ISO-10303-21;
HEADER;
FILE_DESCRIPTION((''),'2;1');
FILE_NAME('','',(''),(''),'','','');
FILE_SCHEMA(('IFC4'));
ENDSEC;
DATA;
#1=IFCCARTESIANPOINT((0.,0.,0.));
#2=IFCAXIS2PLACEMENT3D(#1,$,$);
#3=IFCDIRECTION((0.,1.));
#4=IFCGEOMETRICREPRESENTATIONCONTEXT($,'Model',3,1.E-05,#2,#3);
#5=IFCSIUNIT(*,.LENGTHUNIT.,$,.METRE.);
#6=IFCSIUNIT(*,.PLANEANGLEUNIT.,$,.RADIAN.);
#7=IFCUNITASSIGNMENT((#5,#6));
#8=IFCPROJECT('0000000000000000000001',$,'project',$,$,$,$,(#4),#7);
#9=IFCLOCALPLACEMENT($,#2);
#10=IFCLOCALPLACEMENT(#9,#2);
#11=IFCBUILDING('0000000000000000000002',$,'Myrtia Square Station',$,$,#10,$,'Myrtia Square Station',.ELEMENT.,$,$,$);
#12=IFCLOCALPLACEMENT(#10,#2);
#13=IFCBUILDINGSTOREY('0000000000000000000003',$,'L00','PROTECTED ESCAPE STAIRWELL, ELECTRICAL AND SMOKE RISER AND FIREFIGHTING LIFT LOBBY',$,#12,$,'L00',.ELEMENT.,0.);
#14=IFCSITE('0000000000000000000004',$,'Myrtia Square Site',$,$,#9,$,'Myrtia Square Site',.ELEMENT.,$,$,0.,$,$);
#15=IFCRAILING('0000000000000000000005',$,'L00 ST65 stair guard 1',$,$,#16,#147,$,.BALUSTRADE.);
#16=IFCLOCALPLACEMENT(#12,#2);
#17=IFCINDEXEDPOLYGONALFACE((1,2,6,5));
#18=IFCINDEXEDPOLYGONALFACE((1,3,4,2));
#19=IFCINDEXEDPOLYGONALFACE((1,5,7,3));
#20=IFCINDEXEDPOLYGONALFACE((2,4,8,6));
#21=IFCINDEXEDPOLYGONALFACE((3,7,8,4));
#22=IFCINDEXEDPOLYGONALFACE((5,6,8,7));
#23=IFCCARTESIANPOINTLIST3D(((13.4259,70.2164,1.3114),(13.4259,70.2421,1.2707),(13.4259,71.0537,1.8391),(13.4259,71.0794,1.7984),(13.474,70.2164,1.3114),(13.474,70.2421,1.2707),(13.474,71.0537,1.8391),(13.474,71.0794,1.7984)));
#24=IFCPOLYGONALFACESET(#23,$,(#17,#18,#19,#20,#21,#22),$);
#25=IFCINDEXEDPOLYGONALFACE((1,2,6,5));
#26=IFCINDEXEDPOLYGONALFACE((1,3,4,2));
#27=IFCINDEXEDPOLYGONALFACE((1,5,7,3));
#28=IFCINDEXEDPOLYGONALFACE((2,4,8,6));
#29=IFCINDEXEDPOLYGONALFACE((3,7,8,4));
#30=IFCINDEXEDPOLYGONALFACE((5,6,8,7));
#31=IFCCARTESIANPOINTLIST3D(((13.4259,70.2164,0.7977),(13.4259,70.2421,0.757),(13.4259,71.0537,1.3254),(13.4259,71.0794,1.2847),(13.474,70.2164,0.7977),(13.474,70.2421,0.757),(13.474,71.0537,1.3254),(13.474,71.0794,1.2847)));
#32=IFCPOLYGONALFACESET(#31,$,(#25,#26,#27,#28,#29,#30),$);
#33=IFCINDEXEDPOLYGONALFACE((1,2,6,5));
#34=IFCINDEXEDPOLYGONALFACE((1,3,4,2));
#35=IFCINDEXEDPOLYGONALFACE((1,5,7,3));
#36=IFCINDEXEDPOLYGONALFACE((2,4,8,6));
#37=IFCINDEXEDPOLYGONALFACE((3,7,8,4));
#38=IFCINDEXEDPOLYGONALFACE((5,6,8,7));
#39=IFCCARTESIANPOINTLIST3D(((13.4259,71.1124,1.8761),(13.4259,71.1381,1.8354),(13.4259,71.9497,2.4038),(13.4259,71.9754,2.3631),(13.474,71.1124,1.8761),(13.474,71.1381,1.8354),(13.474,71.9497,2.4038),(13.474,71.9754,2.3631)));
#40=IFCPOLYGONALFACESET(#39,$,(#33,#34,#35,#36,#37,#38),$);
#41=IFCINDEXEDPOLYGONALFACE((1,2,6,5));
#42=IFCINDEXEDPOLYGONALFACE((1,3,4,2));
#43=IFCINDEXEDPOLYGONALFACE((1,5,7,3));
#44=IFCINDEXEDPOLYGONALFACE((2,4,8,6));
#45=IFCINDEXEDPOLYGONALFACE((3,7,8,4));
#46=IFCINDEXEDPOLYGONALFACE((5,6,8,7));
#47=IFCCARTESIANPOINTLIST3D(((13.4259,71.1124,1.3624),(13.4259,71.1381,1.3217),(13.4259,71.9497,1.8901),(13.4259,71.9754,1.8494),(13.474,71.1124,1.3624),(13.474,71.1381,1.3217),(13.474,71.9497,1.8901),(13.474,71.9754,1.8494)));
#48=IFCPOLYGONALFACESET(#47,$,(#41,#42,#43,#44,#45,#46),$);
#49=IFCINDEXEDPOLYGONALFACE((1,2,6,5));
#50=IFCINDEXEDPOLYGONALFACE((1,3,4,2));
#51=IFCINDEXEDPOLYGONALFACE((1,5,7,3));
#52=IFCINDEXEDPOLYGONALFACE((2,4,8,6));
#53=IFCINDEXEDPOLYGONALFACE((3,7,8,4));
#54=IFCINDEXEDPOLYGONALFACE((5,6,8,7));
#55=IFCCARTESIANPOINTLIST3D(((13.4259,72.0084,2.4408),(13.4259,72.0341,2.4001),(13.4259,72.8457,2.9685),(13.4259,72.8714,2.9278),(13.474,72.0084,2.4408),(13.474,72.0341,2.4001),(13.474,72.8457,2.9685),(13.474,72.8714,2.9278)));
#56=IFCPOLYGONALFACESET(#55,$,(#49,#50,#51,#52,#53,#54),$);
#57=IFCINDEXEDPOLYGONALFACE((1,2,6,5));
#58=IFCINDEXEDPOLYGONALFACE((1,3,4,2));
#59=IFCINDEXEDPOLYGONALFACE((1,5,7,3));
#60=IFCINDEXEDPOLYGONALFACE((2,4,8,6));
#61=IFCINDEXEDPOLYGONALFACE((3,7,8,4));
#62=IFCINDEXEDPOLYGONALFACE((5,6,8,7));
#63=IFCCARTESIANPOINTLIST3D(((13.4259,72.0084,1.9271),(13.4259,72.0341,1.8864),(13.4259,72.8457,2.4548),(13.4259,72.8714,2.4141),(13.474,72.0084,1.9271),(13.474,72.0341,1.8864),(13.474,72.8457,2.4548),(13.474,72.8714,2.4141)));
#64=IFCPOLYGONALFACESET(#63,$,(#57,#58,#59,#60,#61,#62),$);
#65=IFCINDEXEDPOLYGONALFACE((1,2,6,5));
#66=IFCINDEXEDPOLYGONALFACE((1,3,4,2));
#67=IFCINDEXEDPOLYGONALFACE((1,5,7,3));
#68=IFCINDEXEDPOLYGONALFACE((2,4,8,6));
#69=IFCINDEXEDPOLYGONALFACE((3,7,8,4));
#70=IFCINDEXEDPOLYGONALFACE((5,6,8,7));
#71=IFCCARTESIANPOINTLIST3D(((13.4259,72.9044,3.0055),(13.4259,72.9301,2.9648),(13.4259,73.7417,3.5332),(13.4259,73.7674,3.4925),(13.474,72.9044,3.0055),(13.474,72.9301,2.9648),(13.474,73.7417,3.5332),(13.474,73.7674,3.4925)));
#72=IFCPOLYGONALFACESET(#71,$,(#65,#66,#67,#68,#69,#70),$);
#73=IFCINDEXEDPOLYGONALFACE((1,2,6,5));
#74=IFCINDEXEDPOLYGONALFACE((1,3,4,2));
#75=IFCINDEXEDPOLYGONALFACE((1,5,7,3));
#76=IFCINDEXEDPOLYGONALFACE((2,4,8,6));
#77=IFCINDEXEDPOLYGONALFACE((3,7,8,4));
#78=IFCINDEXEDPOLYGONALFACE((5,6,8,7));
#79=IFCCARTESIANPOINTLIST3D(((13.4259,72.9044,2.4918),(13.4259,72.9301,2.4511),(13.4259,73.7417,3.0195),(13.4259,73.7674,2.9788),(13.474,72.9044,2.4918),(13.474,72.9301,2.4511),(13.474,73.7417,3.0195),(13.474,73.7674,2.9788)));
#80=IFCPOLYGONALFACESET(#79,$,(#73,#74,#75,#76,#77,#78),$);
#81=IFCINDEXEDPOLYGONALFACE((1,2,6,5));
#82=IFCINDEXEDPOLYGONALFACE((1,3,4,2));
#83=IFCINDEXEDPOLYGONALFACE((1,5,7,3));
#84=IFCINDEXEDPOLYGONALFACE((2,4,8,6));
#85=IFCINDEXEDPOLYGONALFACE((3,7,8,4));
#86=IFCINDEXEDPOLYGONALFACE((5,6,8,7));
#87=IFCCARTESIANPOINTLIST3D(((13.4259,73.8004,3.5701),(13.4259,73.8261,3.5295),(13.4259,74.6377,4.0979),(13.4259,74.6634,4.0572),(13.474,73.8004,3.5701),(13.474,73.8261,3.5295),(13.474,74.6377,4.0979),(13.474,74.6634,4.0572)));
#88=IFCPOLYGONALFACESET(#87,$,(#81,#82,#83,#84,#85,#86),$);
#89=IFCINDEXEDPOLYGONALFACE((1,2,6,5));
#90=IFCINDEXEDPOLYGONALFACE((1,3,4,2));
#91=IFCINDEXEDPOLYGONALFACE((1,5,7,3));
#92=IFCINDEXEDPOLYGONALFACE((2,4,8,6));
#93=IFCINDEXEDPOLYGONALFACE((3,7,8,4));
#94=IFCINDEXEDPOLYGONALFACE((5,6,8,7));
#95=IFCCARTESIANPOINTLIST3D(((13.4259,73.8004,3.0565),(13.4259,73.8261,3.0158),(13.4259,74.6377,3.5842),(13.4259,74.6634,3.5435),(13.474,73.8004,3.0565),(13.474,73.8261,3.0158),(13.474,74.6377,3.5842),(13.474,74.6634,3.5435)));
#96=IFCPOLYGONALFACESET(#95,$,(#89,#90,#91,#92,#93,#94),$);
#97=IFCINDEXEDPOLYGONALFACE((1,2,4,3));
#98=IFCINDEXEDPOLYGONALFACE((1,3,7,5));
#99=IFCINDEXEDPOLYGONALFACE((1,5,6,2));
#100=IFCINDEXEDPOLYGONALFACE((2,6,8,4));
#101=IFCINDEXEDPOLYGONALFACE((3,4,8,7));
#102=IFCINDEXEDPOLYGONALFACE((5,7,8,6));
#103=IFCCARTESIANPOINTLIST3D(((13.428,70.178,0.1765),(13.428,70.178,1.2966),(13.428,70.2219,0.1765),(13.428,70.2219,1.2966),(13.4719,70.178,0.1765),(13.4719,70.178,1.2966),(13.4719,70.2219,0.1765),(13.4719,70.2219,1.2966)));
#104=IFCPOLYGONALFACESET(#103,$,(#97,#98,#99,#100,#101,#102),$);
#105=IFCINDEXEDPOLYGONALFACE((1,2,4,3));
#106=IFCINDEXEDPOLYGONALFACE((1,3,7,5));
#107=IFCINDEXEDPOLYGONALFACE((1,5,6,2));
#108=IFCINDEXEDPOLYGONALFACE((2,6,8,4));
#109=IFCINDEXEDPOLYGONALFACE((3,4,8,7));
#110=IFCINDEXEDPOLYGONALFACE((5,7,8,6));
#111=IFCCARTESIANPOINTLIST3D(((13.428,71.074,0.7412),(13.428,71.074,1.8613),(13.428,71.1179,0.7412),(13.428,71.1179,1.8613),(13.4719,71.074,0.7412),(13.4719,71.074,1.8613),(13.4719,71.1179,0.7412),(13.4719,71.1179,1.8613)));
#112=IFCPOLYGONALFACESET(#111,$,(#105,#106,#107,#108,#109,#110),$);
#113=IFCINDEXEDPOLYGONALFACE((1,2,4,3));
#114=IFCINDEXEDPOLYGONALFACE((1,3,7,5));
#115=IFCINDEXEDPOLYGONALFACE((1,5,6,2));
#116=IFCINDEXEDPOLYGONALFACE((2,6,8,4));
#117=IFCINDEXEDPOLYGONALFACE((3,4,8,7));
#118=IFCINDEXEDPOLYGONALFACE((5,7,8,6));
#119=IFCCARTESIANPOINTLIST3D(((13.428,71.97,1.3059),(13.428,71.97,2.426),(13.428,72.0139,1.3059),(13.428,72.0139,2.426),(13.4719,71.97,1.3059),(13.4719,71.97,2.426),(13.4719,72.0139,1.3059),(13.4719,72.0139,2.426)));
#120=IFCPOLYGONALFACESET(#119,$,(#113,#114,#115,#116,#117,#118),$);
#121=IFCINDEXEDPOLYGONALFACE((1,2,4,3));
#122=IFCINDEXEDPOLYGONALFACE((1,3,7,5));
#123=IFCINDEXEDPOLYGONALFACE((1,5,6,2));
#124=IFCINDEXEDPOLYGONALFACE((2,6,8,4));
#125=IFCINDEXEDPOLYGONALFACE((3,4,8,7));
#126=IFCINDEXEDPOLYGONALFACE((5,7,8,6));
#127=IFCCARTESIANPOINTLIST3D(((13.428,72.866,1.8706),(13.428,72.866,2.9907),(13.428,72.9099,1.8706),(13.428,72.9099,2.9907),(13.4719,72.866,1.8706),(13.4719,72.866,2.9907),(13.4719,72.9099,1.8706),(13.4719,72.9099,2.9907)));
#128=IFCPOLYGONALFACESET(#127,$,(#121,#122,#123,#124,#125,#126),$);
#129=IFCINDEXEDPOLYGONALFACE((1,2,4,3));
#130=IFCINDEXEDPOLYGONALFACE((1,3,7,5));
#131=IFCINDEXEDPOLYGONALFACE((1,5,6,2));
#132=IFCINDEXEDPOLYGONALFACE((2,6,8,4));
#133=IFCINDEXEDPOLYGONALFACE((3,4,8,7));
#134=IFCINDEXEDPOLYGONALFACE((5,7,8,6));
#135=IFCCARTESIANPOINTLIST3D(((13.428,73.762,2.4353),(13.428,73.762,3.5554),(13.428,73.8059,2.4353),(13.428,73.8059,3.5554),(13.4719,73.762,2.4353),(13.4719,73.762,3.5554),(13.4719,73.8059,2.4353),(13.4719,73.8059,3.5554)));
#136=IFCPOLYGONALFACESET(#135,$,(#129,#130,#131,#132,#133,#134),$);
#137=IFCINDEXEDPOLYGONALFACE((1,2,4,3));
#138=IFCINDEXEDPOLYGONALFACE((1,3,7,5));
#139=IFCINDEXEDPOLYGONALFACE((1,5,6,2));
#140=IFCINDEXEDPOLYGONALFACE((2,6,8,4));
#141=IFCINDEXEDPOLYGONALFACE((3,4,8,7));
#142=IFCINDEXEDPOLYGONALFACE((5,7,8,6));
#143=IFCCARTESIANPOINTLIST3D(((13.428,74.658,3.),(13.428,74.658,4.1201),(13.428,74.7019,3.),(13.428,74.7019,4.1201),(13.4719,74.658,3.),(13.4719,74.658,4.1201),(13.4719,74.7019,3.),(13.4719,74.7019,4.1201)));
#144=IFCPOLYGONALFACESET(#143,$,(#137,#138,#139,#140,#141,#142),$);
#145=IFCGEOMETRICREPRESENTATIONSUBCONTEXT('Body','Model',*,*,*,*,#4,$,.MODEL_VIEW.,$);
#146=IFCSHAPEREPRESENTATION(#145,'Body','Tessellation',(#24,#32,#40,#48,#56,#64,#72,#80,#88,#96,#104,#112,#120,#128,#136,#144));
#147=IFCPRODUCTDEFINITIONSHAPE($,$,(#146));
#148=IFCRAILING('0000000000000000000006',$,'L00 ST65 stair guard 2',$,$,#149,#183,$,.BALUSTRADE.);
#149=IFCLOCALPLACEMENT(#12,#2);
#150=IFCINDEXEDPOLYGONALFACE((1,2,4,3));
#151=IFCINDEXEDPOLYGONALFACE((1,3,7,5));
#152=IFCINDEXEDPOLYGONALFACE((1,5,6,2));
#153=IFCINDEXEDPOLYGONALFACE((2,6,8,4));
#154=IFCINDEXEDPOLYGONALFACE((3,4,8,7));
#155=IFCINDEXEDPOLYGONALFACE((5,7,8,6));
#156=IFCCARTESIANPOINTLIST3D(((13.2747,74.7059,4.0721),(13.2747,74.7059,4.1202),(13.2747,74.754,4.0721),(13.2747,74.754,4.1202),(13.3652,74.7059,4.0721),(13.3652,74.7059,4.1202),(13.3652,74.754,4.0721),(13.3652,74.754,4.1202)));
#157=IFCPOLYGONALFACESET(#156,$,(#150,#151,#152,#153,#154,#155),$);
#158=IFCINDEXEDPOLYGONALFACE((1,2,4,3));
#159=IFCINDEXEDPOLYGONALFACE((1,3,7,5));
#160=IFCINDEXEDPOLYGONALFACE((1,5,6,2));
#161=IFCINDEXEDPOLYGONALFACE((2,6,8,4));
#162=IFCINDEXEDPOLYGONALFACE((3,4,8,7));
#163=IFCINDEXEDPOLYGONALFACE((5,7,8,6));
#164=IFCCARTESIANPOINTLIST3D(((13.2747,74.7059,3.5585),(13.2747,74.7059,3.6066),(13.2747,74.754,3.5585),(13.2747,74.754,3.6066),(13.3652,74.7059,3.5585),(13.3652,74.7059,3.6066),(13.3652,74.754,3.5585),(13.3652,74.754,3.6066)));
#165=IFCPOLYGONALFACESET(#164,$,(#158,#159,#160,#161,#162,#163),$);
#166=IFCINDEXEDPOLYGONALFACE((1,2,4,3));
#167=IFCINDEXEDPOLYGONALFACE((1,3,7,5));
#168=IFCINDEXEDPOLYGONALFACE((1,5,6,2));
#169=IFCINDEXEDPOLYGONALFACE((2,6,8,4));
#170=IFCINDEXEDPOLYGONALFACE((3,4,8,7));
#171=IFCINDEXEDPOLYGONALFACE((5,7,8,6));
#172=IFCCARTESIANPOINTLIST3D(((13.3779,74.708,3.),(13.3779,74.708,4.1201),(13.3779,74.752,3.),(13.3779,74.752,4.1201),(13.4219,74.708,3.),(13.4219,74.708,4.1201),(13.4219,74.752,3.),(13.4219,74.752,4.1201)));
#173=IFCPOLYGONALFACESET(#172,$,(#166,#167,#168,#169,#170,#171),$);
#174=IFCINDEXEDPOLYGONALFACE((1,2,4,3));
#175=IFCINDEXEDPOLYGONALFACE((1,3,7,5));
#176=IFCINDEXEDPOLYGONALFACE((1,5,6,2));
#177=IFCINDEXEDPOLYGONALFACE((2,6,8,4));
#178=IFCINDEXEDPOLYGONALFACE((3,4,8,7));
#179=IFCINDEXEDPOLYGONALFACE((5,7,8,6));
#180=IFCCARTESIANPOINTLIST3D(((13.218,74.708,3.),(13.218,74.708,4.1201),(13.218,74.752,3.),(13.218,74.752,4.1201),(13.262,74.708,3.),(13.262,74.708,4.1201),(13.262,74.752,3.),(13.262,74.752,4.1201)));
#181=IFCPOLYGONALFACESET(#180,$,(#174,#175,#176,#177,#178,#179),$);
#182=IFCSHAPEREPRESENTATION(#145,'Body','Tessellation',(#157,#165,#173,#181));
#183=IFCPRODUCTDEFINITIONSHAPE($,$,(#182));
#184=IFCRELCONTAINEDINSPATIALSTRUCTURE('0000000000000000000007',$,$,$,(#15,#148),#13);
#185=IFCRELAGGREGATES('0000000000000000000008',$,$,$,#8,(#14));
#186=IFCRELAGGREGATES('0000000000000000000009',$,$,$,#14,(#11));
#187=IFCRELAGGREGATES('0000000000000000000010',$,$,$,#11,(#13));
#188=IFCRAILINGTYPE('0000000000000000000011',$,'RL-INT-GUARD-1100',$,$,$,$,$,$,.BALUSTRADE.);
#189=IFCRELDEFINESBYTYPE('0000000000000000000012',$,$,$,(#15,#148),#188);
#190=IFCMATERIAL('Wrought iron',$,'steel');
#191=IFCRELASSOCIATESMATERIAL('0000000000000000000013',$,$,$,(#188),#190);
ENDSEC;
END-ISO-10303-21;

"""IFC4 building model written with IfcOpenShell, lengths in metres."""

from ifc_helpers import new_model, si_unit, direction, frame, origin, origin_2d, place, context, subcontext, project, spatial, rectangle, extrude, material, type_object, element, save


model = new_model("IFC4")

# Units and contexts
model_context = context("Model", 3, precision=1e-05, world=origin(), true_north=direction((0.0, 1.0)))
body_context = subcontext(model_context, "Body", "Model", "MODEL_VIEW")
ifc_project = project(units=[si_unit("LENGTHUNIT", "METRE"), si_unit("PLANEANGLEUNIT", "RADIAN")], contexts=[model_context])

# Site, building, storey
site_placement = place(None, origin())
site = spatial("IfcSite", under=ifc_project, at=site_placement, Name="Myrtia Square Site", LongName="Myrtia Square Site", CompositionType="ELEMENT", RefElevation=0.0)
building_placement = place(site_placement, origin())
building = spatial("IfcBuilding", under=site, at=building_placement, Name="Myrtia Square Station", LongName="Myrtia Square Station", CompositionType="ELEMENT")
storey_placement = place(building_placement, origin())
storey = spatial("IfcBuildingStorey", under=building, at=storey_placement, Name="L00", Description="PROTECTED ESCAPE STAIRWELL, ELECTRICAL AND SMOKE RISER AND FIREFIGHTING LIFT LOBBY", LongName="L00", CompositionType="ELEMENT", Elevation=0.0)

# Railings
ifc_material_1 = material(Name="Wrought iron", Category="steel")
railing_type_1 = type_object("IfcRailingType", Name="RL-INT-GUARD-1100", PredefinedType="BALUSTRADE", material=ifc_material_1)
railing_1_placement = place(storey_placement, frame((13.45, 70.2, 0.1765)))
element("IfcRailing", 1, at=railing_1_placement, inside=storey, type_object=railing_type_1, Name="L00 ST65 stair guard 1", PredefinedType="BALUSTRADE", context=body_context, shape_type="SweptSolid", body=[
    extrude(rectangle(XDim=0.0481, YDim=0.0481, at=origin_2d()), frame((0.0, 0.0293, 1.1145), z_axis=(0.0, 0.845998, 0.533186), x_axis=(-1.0, 0.0, 0.0)), (0.0, 0.0, 1.0), 0.9897),
    extrude(rectangle(XDim=0.0481, YDim=0.0481, at=origin_2d()), frame((0.0, 0.0293, 0.6008), z_axis=(0.0, 0.845998, 0.533186), x_axis=(-1.0, 0.0, 0.0)), (0.0, 0.0, 1.0), 0.9897),
    extrude(rectangle(XDim=0.0481, YDim=0.0481, at=origin_2d()), frame((0.0, 0.9253, 1.6792), z_axis=(0.0, 0.845998, 0.533186), x_axis=(-1.0, 0.0, 0.0)), (0.0, 0.0, 1.0), 0.9897),
    extrude(rectangle(XDim=0.0481, YDim=0.0481, at=origin_2d()), frame((0.0, 0.9253, 1.1655), z_axis=(0.0, 0.845998, 0.533186), x_axis=(-1.0, 0.0, 0.0)), (0.0, 0.0, 1.0), 0.9897),
    extrude(rectangle(XDim=0.0481, YDim=0.0481, at=origin_2d()), frame((0.0, 1.8213, 2.2439), z_axis=(0.0, 0.845998, 0.533186), x_axis=(-1.0, 0.0, 0.0)), (0.0, 0.0, 1.0), 0.9897),
    extrude(rectangle(XDim=0.0481, YDim=0.0481, at=origin_2d()), frame((0.0, 1.8213, 1.7302), z_axis=(0.0, 0.845998, 0.533186), x_axis=(-1.0, 0.0, 0.0)), (0.0, 0.0, 1.0), 0.9897),
    extrude(rectangle(XDim=0.0481, YDim=0.0481, at=origin_2d()), frame((0.0, 2.7173, 2.8086), z_axis=(0.0, 0.845998, 0.533186), x_axis=(-1.0, 0.0, 0.0)), (0.0, 0.0, 1.0), 0.9897),
    extrude(rectangle(XDim=0.0481, YDim=0.0481, at=origin_2d()), frame((0.0, 2.7173, 2.2949), z_axis=(0.0, 0.845998, 0.533186), x_axis=(-1.0, 0.0, 0.0)), (0.0, 0.0, 1.0), 0.9897),
    extrude(rectangle(XDim=0.0481, YDim=0.0481, at=origin_2d()), frame((0.0, 3.6133, 3.3733), z_axis=(0.0, 0.845998, 0.533186), x_axis=(-1.0, 0.0, 0.0)), (0.0, 0.0, 1.0), 0.9897),
    extrude(rectangle(XDim=0.0481, YDim=0.0481, at=origin_2d()), frame((0.0, 3.6133, 2.8596), z_axis=(0.0, 0.845998, 0.533186), x_axis=(-1.0, 0.0, 0.0)), (0.0, 0.0, 1.0), 0.9897),
    extrude(rectangle(XDim=0.0439, YDim=0.0439, at=origin_2d()), origin(), (0.0, 0.0, 1.0), 1.1201),
    extrude(rectangle(XDim=0.0439, YDim=0.0439, at=origin_2d()), frame((0.0, 0.896, 0.5647)), (0.0, 0.0, 1.0), 1.1201),
    extrude(rectangle(XDim=0.0439, YDim=0.0439, at=origin_2d()), frame((0.0, 1.792, 1.1294)), (0.0, 0.0, 1.0), 1.1201),
    extrude(rectangle(XDim=0.0439, YDim=0.0439, at=origin_2d()), frame((0.0, 2.688, 1.6941)), (0.0, 0.0, 1.0), 1.1201),
    extrude(rectangle(XDim=0.0439, YDim=0.0439, at=origin_2d()), frame((0.0, 3.584, 2.2588)), (0.0, 0.0, 1.0), 1.1201),
    extrude(rectangle(XDim=0.0439, YDim=0.0439, at=origin_2d()), frame((0.0, 4.48, 2.8235)), (0.0, 0.0, 1.0), 1.1201),
])
railing_2_placement = place(storey_placement, frame((13.3999, 74.73, 3.0)))
element("IfcRailing", 2, at=railing_2_placement, inside=storey, type_object=railing_type_1, Name="L00 ST65 stair guard 2", PredefinedType="BALUSTRADE", context=body_context, shape_type="SweptSolid", body=[
    extrude(rectangle(XDim=0.0481, YDim=0.0481, at=origin_2d()), frame((-0.0347, 0.0, 1.0962), z_axis=(-1.0, 0.0, 0.0), x_axis=(0.0, -1.0, 0.0)), (0.0, 0.0, 1.0), 0.0906),
    extrude(rectangle(XDim=0.0481, YDim=0.0481, at=origin_2d()), frame((-0.0347, 0.0, 0.5825), z_axis=(-1.0, 0.0, 0.0), x_axis=(0.0, -1.0, 0.0)), (0.0, 0.0, 1.0), 0.0906),
    extrude(rectangle(XDim=0.0439, YDim=0.0439, at=origin_2d()), origin(), (0.0, 0.0, 1.0), 1.1201),
    extrude(rectangle(XDim=0.0439, YDim=0.0439, at=origin_2d()), frame((-0.1599, 0.0, 0.0)), (0.0, 0.0, 1.0), 1.1201),
])

save(model, "model.ifc")
